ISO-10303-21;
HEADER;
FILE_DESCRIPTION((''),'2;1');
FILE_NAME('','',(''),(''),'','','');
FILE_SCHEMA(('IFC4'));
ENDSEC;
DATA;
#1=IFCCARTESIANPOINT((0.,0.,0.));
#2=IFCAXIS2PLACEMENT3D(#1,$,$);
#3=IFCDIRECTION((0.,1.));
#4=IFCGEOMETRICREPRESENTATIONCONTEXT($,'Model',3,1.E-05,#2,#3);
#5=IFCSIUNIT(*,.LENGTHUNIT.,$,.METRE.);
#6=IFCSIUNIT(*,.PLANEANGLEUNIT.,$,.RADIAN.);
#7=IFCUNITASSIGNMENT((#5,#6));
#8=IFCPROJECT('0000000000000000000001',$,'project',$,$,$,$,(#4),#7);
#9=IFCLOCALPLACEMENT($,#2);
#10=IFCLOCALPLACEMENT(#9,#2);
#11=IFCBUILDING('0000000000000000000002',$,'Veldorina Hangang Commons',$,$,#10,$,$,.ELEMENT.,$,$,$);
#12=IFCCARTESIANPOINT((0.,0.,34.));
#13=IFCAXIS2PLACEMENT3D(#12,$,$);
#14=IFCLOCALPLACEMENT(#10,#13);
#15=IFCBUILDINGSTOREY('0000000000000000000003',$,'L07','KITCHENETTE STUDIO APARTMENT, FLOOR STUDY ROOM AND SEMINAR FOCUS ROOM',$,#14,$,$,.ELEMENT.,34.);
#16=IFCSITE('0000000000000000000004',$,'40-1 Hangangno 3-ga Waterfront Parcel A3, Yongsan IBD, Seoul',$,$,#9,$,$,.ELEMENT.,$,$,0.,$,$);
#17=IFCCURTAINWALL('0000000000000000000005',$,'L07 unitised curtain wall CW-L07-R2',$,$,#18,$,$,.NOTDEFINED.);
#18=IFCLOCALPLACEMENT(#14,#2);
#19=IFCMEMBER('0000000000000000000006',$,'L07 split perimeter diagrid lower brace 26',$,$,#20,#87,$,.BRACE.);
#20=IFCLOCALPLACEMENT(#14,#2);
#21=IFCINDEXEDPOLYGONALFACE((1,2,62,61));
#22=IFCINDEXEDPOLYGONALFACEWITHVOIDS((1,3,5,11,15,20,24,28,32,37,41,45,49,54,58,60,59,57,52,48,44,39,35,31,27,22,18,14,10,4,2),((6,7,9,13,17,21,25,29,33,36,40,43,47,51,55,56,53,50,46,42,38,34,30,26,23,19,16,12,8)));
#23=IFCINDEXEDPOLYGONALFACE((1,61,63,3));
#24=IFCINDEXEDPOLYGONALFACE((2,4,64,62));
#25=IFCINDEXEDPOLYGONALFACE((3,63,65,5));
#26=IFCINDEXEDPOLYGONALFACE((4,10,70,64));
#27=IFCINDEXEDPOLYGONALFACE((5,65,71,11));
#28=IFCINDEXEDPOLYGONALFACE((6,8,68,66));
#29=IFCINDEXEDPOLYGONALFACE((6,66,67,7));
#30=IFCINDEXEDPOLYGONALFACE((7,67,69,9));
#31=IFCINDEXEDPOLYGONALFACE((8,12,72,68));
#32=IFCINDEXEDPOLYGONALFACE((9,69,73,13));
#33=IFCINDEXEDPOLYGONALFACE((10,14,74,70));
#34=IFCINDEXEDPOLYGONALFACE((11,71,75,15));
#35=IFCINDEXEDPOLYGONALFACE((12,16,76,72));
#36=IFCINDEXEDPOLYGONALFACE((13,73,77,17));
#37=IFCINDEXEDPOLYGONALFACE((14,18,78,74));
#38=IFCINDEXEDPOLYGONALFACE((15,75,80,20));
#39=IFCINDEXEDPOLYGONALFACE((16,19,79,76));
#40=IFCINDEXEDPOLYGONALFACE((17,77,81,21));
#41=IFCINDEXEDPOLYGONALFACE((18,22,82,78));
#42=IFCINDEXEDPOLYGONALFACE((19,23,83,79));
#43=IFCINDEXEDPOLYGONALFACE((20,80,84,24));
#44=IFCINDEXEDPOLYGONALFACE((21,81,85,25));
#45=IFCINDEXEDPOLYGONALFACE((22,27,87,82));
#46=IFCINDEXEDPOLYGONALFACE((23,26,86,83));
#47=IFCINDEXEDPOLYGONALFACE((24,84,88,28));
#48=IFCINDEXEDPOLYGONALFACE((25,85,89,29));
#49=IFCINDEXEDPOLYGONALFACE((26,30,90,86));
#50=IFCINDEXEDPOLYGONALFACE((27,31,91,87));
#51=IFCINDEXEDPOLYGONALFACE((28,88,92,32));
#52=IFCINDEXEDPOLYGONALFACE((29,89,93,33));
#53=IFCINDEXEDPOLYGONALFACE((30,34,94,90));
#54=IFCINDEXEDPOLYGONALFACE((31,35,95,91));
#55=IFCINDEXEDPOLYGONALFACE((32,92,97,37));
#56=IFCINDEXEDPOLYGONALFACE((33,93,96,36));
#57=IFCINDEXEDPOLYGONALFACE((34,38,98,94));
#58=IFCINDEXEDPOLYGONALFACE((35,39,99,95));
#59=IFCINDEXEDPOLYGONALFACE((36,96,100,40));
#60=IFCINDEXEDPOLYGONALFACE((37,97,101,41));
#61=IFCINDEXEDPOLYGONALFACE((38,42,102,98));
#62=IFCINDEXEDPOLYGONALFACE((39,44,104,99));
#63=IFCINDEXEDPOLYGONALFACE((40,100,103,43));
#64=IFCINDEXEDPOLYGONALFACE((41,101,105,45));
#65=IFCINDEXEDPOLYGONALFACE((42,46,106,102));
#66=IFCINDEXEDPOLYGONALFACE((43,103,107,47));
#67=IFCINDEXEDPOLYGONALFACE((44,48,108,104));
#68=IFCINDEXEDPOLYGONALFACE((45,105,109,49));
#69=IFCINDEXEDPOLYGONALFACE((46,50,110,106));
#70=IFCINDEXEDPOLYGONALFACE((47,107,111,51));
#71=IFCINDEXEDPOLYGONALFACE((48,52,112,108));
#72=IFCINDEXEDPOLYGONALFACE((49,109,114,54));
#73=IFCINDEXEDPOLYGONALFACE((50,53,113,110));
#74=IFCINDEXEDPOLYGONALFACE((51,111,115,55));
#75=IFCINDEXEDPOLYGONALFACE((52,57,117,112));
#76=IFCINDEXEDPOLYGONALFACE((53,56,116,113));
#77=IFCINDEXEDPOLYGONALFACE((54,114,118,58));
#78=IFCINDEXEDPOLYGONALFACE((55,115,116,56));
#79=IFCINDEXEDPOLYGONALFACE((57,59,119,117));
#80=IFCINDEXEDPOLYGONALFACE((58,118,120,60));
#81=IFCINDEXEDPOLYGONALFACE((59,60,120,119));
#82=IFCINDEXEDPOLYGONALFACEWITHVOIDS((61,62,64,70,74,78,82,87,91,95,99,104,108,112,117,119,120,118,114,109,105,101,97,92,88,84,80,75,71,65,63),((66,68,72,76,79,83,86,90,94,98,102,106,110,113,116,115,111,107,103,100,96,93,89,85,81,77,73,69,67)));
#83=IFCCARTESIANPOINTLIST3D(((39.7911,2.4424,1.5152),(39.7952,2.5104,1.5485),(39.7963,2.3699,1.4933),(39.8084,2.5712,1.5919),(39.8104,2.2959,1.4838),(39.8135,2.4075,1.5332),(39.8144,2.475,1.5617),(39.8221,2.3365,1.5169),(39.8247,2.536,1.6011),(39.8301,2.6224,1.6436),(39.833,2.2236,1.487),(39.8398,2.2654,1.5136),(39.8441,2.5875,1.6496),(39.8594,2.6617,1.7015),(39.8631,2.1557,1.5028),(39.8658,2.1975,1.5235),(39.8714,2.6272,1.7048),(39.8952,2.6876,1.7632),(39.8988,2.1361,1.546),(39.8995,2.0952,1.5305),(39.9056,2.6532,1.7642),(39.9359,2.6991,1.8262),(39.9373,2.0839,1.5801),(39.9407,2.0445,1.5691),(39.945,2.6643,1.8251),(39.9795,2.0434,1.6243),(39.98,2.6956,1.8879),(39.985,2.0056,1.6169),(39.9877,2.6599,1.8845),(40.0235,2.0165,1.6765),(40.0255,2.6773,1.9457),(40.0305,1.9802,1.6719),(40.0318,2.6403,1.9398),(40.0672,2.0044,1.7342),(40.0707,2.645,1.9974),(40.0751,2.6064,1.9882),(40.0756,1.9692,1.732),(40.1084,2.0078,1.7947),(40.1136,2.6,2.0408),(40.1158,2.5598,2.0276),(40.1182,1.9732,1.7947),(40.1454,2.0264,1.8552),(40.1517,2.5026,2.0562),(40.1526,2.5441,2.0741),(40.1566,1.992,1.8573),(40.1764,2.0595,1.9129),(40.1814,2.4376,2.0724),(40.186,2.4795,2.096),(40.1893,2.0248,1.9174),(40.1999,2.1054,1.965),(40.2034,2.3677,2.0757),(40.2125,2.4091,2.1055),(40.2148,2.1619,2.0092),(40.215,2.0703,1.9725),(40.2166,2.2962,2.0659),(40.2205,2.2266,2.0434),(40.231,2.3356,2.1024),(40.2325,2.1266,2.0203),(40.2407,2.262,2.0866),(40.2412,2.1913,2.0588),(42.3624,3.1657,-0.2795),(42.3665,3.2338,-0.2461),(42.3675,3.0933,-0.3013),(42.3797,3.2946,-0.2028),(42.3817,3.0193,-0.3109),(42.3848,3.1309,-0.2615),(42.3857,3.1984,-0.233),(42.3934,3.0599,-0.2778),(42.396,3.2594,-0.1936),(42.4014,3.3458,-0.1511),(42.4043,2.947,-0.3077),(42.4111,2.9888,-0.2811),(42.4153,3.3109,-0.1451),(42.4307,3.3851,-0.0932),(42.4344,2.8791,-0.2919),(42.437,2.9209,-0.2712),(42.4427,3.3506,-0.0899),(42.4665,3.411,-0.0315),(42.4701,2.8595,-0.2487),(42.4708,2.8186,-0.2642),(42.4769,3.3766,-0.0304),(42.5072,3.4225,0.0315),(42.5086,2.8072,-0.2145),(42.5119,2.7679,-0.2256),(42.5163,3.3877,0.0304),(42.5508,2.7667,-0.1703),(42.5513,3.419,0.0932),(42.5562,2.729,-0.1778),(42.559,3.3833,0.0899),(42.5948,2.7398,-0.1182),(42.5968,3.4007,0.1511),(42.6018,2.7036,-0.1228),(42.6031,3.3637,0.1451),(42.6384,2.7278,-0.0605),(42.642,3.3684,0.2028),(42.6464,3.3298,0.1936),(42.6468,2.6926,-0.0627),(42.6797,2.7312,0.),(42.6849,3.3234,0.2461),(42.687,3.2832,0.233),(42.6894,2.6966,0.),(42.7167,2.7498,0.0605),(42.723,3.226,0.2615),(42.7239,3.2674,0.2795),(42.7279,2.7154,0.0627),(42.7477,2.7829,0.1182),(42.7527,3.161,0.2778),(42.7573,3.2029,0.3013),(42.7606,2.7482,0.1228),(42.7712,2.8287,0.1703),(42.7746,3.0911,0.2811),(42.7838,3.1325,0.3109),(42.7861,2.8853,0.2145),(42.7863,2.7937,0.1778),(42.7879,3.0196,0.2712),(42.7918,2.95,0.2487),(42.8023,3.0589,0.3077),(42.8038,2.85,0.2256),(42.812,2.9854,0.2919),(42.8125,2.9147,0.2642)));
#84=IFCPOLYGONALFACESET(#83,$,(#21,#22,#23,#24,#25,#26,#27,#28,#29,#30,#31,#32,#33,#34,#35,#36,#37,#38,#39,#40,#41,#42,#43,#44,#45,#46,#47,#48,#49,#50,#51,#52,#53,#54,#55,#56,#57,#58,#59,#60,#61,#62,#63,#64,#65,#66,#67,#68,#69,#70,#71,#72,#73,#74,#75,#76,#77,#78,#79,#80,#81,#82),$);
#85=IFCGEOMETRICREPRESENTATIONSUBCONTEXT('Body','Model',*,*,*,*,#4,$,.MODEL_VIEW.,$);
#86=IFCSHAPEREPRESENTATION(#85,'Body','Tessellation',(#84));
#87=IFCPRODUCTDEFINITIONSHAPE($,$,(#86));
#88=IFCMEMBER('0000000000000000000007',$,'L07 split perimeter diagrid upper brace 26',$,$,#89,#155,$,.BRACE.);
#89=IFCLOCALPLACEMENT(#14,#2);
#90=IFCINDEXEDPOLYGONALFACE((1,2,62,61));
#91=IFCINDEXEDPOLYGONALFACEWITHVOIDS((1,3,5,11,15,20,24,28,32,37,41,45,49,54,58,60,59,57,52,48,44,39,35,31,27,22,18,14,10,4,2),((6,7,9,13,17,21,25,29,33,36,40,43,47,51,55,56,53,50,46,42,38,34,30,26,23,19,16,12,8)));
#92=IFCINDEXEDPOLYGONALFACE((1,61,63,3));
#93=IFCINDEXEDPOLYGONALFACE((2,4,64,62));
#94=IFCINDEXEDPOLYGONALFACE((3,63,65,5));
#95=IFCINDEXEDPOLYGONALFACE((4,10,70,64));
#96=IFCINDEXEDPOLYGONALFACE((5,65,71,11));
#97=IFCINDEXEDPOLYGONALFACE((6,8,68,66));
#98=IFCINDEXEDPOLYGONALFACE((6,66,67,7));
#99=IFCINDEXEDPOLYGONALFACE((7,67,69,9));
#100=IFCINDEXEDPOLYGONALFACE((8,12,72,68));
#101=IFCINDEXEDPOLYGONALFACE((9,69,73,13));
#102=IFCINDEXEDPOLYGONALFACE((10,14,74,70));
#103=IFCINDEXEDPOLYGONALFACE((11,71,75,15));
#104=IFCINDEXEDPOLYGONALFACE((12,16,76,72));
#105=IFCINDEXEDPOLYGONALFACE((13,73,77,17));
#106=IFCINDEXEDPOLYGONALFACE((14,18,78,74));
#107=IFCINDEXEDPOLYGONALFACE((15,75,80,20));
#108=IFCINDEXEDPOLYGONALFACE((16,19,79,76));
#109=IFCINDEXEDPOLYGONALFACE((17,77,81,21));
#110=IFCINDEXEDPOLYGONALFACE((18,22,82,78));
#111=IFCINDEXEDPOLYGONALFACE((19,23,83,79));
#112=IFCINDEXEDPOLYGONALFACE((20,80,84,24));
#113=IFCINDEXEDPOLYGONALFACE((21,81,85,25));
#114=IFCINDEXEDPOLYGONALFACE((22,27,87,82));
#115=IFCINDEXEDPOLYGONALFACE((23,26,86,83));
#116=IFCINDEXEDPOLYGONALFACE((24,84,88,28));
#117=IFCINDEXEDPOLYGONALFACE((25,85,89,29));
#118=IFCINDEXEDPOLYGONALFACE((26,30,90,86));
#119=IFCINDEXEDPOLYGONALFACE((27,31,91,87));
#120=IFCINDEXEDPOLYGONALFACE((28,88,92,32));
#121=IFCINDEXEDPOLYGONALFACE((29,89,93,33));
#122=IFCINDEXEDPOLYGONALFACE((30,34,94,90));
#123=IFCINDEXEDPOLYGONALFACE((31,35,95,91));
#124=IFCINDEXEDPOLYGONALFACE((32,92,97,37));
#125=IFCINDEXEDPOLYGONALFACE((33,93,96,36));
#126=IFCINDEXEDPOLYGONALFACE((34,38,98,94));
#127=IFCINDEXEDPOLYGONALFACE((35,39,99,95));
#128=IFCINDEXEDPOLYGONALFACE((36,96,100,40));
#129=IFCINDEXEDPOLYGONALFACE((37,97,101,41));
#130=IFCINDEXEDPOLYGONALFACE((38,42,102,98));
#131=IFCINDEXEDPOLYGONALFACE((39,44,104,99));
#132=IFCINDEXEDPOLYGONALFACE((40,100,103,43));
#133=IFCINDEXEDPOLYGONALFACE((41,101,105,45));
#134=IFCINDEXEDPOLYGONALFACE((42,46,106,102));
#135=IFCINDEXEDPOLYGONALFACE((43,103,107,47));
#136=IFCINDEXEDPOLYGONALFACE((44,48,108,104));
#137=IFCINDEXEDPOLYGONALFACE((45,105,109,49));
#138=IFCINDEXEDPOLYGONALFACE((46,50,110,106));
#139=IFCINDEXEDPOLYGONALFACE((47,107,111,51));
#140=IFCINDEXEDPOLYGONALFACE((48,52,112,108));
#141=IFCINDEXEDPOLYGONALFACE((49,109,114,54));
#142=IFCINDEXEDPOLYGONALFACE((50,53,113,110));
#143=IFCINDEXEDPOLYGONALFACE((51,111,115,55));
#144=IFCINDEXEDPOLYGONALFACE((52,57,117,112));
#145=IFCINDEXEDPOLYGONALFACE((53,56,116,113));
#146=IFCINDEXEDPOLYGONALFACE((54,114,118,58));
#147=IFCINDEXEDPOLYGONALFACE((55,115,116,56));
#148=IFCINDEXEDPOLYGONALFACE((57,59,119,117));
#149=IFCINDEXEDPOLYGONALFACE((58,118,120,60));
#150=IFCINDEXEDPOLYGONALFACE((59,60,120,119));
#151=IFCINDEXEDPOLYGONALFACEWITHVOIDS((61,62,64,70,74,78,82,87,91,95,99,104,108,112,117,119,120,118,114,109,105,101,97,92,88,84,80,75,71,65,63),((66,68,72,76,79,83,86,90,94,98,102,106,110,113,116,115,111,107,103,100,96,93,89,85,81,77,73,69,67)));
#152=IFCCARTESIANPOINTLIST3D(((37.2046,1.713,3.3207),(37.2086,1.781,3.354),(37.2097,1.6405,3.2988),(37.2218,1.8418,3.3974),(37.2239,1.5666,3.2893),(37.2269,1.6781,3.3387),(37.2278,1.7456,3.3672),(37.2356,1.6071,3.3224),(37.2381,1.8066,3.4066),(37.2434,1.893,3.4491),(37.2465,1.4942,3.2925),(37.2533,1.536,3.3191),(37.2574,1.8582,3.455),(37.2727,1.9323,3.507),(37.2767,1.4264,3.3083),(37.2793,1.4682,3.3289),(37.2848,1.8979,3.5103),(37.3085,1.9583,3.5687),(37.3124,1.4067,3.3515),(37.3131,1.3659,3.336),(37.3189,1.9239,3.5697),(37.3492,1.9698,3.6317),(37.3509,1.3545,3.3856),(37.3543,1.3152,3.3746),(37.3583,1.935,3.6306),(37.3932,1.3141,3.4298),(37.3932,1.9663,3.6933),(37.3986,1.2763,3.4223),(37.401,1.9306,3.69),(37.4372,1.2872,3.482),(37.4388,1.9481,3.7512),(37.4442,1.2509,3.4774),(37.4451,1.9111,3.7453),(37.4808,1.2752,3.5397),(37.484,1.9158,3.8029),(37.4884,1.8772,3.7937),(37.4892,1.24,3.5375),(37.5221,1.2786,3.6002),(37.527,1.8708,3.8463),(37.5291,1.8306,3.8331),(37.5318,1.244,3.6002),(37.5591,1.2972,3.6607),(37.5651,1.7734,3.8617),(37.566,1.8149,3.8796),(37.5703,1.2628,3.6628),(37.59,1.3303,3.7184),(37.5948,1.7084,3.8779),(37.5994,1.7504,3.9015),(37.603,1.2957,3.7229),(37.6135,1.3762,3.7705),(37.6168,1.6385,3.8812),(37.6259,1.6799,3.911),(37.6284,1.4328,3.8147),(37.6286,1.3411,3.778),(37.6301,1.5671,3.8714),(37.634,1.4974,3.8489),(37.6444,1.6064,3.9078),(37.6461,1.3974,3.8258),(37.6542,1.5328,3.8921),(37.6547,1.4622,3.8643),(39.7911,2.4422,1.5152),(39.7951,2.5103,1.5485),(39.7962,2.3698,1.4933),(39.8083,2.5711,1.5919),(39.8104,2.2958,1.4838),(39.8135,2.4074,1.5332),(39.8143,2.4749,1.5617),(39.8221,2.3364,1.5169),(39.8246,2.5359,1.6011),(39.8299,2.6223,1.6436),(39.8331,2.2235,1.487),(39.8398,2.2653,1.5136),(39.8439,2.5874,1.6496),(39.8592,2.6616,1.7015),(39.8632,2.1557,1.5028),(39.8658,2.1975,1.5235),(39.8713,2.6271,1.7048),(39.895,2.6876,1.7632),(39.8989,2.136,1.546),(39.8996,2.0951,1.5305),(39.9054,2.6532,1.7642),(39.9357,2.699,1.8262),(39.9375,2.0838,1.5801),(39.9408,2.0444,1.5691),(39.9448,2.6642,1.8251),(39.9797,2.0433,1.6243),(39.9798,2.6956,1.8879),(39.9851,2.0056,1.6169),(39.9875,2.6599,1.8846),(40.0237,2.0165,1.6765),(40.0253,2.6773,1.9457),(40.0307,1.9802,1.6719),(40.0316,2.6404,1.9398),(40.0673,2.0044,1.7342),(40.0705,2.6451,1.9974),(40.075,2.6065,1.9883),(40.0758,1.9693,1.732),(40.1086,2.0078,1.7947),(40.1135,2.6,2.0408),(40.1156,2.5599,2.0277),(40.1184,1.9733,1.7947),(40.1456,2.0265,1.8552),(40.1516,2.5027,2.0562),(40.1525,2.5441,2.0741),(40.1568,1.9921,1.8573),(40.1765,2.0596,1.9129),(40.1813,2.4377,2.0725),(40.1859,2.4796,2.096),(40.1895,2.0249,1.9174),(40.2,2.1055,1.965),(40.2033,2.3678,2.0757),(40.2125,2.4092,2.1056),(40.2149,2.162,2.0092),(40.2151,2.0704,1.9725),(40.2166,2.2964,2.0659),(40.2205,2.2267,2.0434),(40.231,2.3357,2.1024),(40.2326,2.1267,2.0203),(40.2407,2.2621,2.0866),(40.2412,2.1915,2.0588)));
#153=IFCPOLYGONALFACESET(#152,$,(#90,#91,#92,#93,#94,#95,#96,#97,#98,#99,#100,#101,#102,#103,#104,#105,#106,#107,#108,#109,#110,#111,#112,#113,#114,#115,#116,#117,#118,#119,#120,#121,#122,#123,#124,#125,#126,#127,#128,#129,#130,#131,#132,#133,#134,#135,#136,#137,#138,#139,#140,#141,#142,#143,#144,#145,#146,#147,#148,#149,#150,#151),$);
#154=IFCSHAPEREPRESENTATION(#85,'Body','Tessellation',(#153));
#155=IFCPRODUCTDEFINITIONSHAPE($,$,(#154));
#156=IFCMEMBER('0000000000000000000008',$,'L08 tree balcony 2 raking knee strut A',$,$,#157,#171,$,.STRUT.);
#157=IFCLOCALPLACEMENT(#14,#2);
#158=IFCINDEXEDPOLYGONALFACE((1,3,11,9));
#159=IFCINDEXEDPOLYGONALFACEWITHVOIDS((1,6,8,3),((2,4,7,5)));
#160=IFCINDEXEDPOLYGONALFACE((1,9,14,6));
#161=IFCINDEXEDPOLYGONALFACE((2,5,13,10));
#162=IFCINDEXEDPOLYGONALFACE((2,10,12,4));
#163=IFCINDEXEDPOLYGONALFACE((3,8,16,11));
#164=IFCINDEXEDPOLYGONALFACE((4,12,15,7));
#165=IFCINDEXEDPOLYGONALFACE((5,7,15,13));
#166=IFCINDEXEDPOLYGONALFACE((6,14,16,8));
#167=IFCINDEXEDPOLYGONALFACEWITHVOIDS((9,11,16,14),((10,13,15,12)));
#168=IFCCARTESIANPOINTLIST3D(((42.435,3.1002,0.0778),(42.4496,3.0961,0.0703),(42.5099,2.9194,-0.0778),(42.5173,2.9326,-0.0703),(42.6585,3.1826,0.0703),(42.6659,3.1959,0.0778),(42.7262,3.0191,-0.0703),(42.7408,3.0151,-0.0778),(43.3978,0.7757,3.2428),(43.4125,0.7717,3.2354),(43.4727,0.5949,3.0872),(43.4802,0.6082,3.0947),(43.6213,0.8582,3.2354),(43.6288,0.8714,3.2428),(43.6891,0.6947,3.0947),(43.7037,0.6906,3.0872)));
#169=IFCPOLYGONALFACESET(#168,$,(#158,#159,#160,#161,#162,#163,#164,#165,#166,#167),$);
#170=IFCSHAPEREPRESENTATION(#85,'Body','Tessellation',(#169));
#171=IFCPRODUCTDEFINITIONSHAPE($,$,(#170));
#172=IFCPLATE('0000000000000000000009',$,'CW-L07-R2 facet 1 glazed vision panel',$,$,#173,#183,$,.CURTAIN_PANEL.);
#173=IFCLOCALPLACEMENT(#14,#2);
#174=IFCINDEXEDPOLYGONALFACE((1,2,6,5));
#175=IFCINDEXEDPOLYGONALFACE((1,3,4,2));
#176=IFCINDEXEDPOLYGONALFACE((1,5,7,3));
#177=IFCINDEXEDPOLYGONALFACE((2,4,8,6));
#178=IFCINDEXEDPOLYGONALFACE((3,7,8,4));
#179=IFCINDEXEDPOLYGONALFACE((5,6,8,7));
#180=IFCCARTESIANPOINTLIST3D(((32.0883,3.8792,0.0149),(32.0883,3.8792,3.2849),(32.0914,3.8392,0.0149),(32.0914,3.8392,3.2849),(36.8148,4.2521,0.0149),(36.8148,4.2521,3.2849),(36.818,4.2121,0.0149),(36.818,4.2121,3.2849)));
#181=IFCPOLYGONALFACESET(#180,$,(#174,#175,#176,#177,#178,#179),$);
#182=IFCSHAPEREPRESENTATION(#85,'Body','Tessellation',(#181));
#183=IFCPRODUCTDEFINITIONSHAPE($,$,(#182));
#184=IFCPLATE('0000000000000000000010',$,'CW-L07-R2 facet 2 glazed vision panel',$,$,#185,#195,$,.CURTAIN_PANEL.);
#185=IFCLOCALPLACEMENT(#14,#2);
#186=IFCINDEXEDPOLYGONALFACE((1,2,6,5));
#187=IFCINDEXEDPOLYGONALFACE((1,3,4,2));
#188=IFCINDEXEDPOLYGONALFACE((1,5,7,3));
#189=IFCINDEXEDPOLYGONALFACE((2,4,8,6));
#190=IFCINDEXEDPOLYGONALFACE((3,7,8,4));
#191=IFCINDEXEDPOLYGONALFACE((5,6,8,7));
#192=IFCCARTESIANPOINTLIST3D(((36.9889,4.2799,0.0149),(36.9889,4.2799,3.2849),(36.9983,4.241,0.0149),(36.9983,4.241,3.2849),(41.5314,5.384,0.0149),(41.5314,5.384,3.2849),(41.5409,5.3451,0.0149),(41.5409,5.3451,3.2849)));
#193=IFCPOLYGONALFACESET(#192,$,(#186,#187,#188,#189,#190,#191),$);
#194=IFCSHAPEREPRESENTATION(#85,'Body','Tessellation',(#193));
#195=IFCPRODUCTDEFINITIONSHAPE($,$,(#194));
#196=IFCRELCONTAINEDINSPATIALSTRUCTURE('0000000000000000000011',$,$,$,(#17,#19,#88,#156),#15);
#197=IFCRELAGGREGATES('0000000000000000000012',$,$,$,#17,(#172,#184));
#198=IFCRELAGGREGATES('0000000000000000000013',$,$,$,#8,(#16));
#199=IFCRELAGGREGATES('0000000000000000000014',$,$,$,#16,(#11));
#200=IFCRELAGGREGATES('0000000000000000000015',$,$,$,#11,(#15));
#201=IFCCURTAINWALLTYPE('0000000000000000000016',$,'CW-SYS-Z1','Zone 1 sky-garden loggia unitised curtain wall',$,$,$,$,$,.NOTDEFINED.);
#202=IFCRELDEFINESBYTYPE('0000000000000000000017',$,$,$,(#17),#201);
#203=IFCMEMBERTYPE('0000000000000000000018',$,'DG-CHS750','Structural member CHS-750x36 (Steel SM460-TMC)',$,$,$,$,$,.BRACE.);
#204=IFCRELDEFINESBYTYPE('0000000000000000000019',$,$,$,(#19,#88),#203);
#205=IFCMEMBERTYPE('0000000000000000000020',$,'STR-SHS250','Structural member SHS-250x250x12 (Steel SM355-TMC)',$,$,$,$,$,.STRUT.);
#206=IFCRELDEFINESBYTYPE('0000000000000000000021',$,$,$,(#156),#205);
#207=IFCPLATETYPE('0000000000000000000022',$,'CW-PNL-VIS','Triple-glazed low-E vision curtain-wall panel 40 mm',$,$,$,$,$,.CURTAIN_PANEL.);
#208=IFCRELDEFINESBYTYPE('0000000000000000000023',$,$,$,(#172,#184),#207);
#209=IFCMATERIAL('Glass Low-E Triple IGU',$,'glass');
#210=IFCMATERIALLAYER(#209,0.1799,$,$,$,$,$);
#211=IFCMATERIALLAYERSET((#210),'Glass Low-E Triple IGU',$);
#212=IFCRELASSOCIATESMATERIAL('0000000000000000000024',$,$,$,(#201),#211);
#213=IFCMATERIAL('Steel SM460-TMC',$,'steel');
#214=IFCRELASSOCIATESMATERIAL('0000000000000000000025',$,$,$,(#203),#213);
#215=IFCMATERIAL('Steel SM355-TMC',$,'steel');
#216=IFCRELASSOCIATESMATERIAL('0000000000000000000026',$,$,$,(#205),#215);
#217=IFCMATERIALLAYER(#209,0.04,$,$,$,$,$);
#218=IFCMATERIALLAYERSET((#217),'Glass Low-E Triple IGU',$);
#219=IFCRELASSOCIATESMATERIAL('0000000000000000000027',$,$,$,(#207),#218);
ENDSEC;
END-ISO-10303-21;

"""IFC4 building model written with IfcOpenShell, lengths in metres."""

from ifc_helpers import new_model, si_unit, direction, frame, origin, origin_2d, place, context, subcontext, project, spatial, rectangle, hollow_rectangle, hollow_circle, extrude, material, layer, layer_set, material_profile, profile_set, type_object, element, aggregate, save


model = new_model("IFC4")

# Units and contexts
model_context = context("Model", 3, precision=1e-05, world=origin(), true_north=direction((0.0, 1.0)))
body_context = subcontext(model_context, "Body", "Model", "MODEL_VIEW")
ifc_project = project(units=[si_unit("LENGTHUNIT", "METRE"), si_unit("PLANEANGLEUNIT", "RADIAN")], contexts=[model_context])

# Site, building, storey
site_placement = place(None, origin())
site = spatial("IfcSite", under=ifc_project, at=site_placement, Name="40-1 Hangangno 3-ga Waterfront Parcel A3, Yongsan IBD, Seoul", CompositionType="ELEMENT", RefElevation=0.0)
building_placement = place(site_placement, origin())
building = spatial("IfcBuilding", under=site, at=building_placement, Name="Veldorina Hangang Commons", CompositionType="ELEMENT")
storey_placement = place(building_placement, frame((0.0, 0.0, 34.0)))
storey = spatial("IfcBuildingStorey", under=building, at=storey_placement, Name="L07", Description="KITCHENETTE STUDIO APARTMENT, FLOOR STUDY ROOM AND SEMINAR FOCUS ROOM", CompositionType="ELEMENT", Elevation=34.0)

# Shared definitions
ifc_material_1 = material(Name="Steel SM355-TMC", Category="steel")
ifc_material_2 = material(Name="Steel SM460-TMC", Category="steel")

# Curtain wall
ifc_material_3 = material(Name="Glass Low-E Triple IGU", Category="glass")
ifc_layer_1 = layer(ifc_material_3, 0.1799)
ifc_layer_set_1 = layer_set([ifc_layer_1], Name="Glass Low-E Triple IGU")
curtain_wall_type = type_object("IfcCurtainWallType", Name="CW-SYS-Z1", Description="Zone 1 sky-garden loggia unitised curtain wall", PredefinedType="NOTDEFINED", material=ifc_layer_set_1)
curtain_wall_placement = place(storey_placement, origin())
curtain_wall = element("IfcCurtainWall", 1, at=curtain_wall_placement, inside=storey, type_object=curtain_wall_type, Name="L07 unitised curtain wall CW-L07-R2", PredefinedType="NOTDEFINED")

# Members
ifc_material_profile_1 = material_profile(ifc_material_2, hollow_circle(Radius=0.375, WallThickness=0.0359, at=origin_2d()), Name="CHS-750x36")
ifc_profile_set_1 = profile_set([ifc_material_profile_1], Name="Steel SM460-TMC")
member_type_1 = type_object("IfcMemberType", Name="DG-CHS750", Description="Structural member CHS-750x36 (Steel SM460-TMC)", PredefinedType="BRACE", material=ifc_profile_set_1)
member_1_placement = place(storey_placement, frame((42.5879, 3.0576, 0.0), z_axis=(-0.799027, -0.224793, 0.557695), x_axis=(0.27082, -0.96263, 0.0)))
element("IfcMember", 2, at=member_1_placement, inside=storey, type_object=member_type_1, Name="L07 split perimeter diagrid lower brace 26", PredefinedType="BRACE", context=body_context, shape_type="SweptSolid", body=[
    extrude(hollow_circle(Radius=0.375, WallThickness=0.0359, at=origin_2d()), origin(), (0.0, 0.0, 1.0), 3.218),
])
member_2_placement = place(storey_placement, frame((40.0166, 2.3342, 1.7947), z_axis=(-0.798914, -0.225255, 0.557671), x_axis=(0.271372, -0.962475, 0.0)))
element("IfcMember", 3, at=member_2_placement, inside=storey, type_object=member_type_1, Name="L07 split perimeter diagrid upper brace 26", PredefinedType="BRACE", context=body_context, shape_type="SweptSolid", body=[
    extrude(hollow_circle(Radius=0.375, WallThickness=0.0359, at=origin_2d()), origin(), (0.0, 0.0, 1.0), 3.2375),
])
ifc_material_profile_2 = material_profile(ifc_material_1, hollow_rectangle(XDim=0.25, YDim=0.25, WallThickness=0.012, at=origin_2d()), Name="SHS-250x250x12")
ifc_profile_set_2 = profile_set([ifc_material_profile_2], Name="Steel SM355-TMC")
member_type_2 = type_object("IfcMemberType", Name="STR-SHS250", Description="Structural member SHS-250x250x12 (Steel SM355-TMC)", PredefinedType="STRUT", material=ifc_profile_set_2)
member_3_placement = place(storey_placement, frame((42.5879, 3.0576, 0.0), z_axis=(0.238149, -0.574902, 0.782798), x_axis=(0.92387, 0.382706, 0.0)))
element("IfcMember", 4, at=member_3_placement, inside=storey, type_object=member_type_2, Name="L08 tree balcony 2 raking knee strut A", PredefinedType="STRUT", context=body_context, shape_type="SweptSolid", body=[
    extrude(hollow_rectangle(XDim=0.25, YDim=0.25, WallThickness=0.012, at=origin_2d()), origin(), (0.0, 0.0, 1.0), 4.0432),
])

# Plates
ifc_layer_2 = layer(ifc_material_3, 0.04)
ifc_layer_set_2 = layer_set([ifc_layer_2], Name="Glass Low-E Triple IGU")
plate_type_1 = type_object("IfcPlateType", Name="CW-PNL-VIS", Description="Triple-glazed low-E vision curtain-wall panel 40 mm", PredefinedType="CURTAIN_PANEL", material=ifc_layer_set_2)
plate_1_placement = place(storey_placement, frame((34.4531, 4.0457, 0.0149), z_axis=(0.0, 0.0, 1.0), x_axis=(0.996902, 0.07865, 0.0)))
plate_1 = element("IfcPlate", 5, at=plate_1_placement, type_object=plate_type_1, Name="CW-L07-R2 facet 1 glazed vision panel", PredefinedType="CURTAIN_PANEL", context=body_context, shape_type="SweptSolid", body=[
    extrude(rectangle(XDim=4.7412, YDim=0.04, at=origin_2d()), origin(), (0.0, 0.0, 1.0), 3.27),
])
plate_2_placement = place(storey_placement, frame((39.2649, 4.8125, 0.0149), z_axis=(0.0, 0.0, 1.0), x_axis=(0.97171, 0.236177, 0.0)))
plate_2 = element("IfcPlate", 6, at=plate_2_placement, type_object=plate_type_1, Name="CW-L07-R2 facet 2 glazed vision panel", PredefinedType="CURTAIN_PANEL", context=body_context, shape_type="SweptSolid", body=[
    extrude(rectangle(XDim=4.6748, YDim=0.04, at=origin_2d()), origin(), (0.0, 0.0, 1.0), 3.27),
])
aggregate(curtain_wall, [plate_1, plate_2])

save(model, "model.ifc")
